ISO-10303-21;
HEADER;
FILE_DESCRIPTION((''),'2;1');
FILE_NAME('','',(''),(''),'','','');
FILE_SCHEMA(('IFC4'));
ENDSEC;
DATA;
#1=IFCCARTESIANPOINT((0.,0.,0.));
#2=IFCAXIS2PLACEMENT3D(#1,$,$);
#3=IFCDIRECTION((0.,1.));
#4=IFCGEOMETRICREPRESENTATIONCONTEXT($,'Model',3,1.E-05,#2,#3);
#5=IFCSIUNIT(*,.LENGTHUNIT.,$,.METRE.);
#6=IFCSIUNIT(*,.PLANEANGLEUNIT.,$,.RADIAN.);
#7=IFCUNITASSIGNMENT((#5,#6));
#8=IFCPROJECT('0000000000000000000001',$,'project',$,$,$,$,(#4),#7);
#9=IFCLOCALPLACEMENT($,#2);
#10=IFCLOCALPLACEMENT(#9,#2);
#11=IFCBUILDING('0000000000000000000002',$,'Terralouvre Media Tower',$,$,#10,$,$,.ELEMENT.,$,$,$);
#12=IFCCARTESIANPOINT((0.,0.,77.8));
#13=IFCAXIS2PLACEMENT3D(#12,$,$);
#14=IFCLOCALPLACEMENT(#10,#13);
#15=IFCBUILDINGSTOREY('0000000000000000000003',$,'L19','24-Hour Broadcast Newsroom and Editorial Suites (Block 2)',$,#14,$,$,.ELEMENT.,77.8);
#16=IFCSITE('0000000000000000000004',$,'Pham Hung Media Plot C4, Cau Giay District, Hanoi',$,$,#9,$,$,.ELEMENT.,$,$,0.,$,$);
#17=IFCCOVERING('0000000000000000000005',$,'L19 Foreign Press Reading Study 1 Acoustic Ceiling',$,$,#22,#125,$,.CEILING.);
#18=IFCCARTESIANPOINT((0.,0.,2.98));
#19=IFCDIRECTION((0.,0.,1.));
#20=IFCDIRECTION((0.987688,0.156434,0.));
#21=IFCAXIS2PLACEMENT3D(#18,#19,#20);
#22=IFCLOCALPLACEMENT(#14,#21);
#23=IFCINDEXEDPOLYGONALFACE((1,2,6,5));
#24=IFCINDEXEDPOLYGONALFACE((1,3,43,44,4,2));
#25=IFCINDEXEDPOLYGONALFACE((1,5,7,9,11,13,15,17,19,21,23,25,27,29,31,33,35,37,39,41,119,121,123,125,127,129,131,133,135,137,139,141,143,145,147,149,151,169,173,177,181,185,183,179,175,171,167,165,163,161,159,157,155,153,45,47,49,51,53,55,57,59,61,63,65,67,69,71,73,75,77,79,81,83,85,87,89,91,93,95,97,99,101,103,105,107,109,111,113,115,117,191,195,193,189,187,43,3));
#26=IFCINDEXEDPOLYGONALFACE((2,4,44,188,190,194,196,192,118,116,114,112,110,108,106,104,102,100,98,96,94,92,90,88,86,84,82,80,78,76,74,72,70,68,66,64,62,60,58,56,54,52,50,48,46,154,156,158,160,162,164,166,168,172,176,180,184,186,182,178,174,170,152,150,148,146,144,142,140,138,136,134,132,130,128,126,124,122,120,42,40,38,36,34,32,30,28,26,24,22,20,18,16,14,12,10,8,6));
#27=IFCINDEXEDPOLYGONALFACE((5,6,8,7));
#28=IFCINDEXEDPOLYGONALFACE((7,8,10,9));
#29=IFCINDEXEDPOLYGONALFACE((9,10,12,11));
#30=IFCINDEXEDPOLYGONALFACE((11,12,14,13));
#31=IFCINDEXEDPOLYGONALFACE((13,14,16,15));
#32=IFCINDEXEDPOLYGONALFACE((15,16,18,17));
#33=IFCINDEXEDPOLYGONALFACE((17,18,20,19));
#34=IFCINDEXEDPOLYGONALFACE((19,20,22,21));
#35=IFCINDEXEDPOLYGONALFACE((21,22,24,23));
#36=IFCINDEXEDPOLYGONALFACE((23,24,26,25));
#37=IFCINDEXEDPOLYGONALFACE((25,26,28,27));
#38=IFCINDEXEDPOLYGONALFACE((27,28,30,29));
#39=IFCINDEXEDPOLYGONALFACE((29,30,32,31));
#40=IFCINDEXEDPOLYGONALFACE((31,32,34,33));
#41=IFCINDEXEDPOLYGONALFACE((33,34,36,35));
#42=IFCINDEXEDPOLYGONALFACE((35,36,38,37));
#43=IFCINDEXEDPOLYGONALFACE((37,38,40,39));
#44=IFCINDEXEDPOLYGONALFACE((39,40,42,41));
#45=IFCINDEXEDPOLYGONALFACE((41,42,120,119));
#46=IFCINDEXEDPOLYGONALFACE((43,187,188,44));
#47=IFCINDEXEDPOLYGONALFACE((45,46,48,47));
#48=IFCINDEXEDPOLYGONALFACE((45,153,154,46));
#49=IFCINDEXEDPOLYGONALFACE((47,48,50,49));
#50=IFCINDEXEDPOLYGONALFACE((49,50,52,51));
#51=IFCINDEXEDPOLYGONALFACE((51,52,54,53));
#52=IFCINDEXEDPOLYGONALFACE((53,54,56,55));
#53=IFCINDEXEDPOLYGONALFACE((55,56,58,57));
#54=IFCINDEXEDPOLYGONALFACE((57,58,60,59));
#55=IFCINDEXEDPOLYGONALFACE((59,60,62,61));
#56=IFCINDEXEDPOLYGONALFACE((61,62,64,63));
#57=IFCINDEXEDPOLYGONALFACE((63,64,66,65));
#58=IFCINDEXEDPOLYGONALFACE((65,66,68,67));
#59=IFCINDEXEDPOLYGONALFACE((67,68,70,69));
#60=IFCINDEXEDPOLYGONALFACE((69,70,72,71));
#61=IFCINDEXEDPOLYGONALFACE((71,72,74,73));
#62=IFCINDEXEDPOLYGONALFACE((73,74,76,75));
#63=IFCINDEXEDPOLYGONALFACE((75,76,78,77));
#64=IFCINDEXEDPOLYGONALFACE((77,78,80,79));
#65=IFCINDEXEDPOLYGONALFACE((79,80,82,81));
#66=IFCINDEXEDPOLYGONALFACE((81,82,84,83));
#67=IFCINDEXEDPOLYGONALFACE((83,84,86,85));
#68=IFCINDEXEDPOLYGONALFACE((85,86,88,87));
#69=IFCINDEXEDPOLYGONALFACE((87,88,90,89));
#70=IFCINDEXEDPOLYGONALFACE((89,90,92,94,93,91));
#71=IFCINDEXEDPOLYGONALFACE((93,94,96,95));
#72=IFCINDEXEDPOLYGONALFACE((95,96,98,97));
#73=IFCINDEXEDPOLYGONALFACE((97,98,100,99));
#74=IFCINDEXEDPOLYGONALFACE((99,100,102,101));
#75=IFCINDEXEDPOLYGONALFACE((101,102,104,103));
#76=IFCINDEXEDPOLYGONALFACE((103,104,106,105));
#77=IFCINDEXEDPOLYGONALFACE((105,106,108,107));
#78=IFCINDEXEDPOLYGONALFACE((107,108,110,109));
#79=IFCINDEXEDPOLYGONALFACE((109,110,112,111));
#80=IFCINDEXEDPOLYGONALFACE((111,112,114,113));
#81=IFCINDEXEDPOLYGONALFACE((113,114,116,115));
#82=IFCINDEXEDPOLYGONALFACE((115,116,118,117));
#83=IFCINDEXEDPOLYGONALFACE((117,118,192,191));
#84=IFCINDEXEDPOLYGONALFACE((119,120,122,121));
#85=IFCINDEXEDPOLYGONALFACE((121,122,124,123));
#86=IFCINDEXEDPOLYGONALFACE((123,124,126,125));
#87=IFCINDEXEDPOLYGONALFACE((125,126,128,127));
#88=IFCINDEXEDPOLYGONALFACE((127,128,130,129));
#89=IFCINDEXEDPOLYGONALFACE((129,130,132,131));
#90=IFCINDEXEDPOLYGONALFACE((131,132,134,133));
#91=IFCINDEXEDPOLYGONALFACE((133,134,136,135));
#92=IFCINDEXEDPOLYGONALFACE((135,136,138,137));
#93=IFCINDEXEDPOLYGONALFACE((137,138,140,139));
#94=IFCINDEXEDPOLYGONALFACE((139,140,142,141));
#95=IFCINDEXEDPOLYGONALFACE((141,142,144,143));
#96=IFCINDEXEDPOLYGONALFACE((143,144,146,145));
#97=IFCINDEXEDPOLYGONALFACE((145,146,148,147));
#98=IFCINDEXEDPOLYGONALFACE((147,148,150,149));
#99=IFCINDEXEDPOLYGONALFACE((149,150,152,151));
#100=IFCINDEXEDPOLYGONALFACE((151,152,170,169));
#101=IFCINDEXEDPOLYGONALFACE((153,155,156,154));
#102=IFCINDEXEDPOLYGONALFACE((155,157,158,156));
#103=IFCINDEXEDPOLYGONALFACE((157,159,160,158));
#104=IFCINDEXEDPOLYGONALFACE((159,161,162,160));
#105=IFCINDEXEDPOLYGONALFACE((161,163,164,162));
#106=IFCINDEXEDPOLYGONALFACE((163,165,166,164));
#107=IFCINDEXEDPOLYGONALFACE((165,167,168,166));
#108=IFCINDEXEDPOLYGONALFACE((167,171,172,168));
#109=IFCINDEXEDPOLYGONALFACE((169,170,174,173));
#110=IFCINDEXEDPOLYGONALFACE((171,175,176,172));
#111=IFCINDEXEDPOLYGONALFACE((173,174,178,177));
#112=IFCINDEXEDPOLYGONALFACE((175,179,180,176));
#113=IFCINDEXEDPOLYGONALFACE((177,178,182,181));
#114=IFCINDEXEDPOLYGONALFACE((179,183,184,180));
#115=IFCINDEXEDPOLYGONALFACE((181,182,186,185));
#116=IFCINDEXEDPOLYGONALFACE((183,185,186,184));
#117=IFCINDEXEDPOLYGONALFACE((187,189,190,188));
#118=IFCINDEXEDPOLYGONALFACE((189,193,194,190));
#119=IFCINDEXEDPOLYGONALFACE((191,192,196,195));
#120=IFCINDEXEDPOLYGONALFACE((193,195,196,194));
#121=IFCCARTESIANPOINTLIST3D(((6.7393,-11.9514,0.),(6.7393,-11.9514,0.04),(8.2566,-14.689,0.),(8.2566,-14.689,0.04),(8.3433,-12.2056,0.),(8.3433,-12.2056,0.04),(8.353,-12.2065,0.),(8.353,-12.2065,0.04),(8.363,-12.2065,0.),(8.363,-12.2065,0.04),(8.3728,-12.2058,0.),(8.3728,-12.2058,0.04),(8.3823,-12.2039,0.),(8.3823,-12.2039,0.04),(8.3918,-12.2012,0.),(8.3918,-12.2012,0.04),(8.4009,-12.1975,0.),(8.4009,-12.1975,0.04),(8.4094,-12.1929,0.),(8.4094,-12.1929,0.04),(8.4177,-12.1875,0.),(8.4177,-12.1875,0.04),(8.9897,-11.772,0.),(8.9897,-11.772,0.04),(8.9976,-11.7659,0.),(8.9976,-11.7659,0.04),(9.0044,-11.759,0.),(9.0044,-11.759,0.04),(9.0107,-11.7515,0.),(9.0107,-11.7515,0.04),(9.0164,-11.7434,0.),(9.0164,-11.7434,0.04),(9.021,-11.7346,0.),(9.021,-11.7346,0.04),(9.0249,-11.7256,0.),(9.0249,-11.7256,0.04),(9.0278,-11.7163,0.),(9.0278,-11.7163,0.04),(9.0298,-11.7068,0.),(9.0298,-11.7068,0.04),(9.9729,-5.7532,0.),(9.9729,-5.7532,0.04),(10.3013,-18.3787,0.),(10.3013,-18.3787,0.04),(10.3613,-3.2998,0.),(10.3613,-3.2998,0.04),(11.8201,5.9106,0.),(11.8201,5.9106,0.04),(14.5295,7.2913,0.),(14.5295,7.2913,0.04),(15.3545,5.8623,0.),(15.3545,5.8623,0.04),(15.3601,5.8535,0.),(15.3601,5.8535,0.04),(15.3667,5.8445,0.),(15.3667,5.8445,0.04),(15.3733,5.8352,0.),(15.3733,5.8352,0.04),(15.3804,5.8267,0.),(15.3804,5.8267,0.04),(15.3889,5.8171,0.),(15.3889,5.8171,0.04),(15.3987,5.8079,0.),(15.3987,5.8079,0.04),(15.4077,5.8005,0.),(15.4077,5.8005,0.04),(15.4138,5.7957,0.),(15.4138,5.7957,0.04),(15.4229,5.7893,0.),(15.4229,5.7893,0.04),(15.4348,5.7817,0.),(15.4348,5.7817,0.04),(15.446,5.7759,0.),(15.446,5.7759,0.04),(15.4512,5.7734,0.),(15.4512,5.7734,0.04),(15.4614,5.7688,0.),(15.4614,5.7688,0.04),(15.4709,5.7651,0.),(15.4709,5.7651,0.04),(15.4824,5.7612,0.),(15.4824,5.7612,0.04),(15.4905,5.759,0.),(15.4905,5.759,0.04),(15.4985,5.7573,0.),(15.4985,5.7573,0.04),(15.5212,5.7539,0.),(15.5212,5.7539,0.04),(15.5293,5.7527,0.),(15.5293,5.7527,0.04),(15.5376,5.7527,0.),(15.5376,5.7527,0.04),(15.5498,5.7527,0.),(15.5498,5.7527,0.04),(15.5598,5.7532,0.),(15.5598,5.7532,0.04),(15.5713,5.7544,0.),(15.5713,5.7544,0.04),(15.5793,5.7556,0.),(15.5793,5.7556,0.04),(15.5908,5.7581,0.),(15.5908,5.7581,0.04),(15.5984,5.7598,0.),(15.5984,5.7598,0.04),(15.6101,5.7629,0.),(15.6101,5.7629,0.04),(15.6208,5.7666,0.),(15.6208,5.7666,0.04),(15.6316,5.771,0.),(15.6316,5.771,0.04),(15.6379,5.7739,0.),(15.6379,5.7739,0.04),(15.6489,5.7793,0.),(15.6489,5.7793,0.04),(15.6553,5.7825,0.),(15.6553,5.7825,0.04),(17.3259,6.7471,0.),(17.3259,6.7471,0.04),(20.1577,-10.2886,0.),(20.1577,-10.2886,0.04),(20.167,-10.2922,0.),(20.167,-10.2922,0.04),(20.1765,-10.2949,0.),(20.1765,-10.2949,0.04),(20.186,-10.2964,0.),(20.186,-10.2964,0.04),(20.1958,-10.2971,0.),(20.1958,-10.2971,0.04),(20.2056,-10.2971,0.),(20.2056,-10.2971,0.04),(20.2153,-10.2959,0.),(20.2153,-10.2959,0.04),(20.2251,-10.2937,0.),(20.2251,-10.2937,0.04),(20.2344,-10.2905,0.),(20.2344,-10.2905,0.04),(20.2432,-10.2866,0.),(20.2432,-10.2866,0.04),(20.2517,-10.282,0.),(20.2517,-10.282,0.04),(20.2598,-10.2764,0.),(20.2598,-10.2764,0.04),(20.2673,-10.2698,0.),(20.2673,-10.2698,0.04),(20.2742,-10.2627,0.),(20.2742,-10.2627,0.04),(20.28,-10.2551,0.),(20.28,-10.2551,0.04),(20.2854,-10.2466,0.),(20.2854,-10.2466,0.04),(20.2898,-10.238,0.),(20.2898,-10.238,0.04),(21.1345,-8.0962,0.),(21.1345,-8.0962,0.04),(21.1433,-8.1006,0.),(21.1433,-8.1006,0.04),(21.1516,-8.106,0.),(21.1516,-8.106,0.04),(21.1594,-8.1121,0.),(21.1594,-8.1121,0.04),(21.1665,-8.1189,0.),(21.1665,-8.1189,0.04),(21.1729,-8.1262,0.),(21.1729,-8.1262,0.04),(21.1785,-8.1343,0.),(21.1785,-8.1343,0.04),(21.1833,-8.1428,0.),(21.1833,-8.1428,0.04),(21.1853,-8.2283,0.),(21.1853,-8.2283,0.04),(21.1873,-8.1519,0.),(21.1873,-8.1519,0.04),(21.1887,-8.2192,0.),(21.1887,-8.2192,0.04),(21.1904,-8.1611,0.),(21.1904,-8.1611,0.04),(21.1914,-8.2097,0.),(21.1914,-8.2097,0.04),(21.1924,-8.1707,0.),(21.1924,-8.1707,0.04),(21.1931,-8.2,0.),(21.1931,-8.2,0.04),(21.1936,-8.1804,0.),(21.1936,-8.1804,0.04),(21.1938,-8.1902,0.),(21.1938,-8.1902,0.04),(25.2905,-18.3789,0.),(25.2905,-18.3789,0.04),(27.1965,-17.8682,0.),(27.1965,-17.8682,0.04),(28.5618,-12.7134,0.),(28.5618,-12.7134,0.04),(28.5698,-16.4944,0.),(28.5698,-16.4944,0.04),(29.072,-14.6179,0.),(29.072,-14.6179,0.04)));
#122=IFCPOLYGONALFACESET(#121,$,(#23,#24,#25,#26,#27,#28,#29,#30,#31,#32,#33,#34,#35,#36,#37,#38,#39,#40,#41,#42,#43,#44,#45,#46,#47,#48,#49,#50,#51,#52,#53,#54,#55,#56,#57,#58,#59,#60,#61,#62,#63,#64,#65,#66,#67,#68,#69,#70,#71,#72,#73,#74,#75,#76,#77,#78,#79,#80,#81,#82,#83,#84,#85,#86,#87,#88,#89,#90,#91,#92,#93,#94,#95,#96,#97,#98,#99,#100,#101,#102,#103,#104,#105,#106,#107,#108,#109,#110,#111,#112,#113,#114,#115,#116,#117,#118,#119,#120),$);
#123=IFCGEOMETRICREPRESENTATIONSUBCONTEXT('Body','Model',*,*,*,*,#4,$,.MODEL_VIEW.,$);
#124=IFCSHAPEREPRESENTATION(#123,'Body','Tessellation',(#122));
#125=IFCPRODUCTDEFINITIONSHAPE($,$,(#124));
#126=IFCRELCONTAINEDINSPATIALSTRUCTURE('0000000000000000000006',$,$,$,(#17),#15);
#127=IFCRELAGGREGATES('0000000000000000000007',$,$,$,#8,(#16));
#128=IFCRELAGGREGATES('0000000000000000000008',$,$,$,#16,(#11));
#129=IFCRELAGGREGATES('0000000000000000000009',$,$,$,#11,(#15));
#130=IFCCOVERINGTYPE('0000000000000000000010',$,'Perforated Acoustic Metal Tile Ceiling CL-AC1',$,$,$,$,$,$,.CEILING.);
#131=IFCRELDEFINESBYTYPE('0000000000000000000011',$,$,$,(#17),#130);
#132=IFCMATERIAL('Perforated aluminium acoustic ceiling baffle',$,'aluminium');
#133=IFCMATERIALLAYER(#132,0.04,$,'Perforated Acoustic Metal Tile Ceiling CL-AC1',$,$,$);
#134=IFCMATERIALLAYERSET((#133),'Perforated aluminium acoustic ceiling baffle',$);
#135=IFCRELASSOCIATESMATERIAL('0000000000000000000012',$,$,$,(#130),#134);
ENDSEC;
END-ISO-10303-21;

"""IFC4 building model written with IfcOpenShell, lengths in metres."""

from ifc_helpers import new_model, si_unit, direction, frame, origin, place, context, subcontext, project, spatial, polyline, outline, extrude, material, layer, layer_set, type_object, element, save


model = new_model("IFC4")

# Units and contexts
model_context = context("Model", 3, precision=1e-05, world=origin(), true_north=direction((0.0, 1.0)))
body_context = subcontext(model_context, "Body", "Model", "MODEL_VIEW")
ifc_project = project(units=[si_unit("LENGTHUNIT", "METRE"), si_unit("PLANEANGLEUNIT", "RADIAN")], contexts=[model_context])

# Site, building, storey
site_placement = place(None, origin())
site = spatial("IfcSite", under=ifc_project, at=site_placement, Name="Pham Hung Media Plot C4, Cau Giay District, Hanoi", CompositionType="ELEMENT", RefElevation=0.0)
building_placement = place(site_placement, origin())
building = spatial("IfcBuilding", under=site, at=building_placement, Name="Terralouvre Media Tower", CompositionType="ELEMENT")
storey_placement = place(building_placement, frame((0.0, 0.0, 77.8)))
storey = spatial("IfcBuildingStorey", under=building, at=storey_placement, Name="L19", Description="24-Hour Broadcast Newsroom and Editorial Suites (Block 2)", CompositionType="ELEMENT", Elevation=77.8)

# Covering
ifc_material_1 = material(Name="Perforated aluminium acoustic ceiling baffle", Category="aluminium")
ifc_layer_1 = layer(ifc_material_1, 0.04, Name="Perforated Acoustic Metal Tile Ceiling CL-AC1")
ifc_layer_set_1 = layer_set([ifc_layer_1], Name="Perforated aluminium acoustic ceiling baffle")
covering_type_1 = type_object("IfcCoveringType", Name="Perforated Acoustic Metal Tile Ceiling CL-AC1", PredefinedType="CEILING", material=ifc_layer_set_1)
covering_1_placement = place(storey_placement, frame((0.0, 0.0, 2.98), z_axis=(0.0, 0.0, 1.0), x_axis=(0.987688, 0.156434, 0.0)))
element("IfcCovering", 1, at=covering_1_placement, inside=storey, type_object=covering_type_1, Name="L19 Foreign Press Reading Study 1 Acoustic Ceiling", PredefinedType="CEILING", context=body_context, shape_type="SweptSolid", body=[
    extrude(outline(polyline([(17.3259, 6.7471), (15.6553, 5.7825), (15.6489, 5.7793), (15.6379, 5.7739), (15.6316, 5.771), (15.6208, 5.7666), (15.6101, 5.7629), (15.5984, 5.7598), (15.5908, 5.7581), (15.5793, 5.7556), (15.5713, 5.7544), (15.5598, 5.7532), (15.5498, 5.7527), (15.5376, 5.7527), (15.5293, 5.7527), (15.5212, 5.7539), (15.4985, 5.7573), (15.4905, 5.759), (15.4824, 5.7612), (15.4709, 5.7651), (15.4614, 5.7688), (15.4512, 5.7734), (15.446, 5.7759), (15.4348, 5.7817), (15.4229, 5.7893), (15.4138, 5.7957), (15.4077, 5.8005), (15.3987, 5.8079), (15.3889, 5.8171), (15.3804, 5.8267), (15.3733, 5.8352), (15.3667, 5.8445), (15.3601, 5.8535), (15.3545, 5.8623), (14.5295, 7.2913), (11.8201, 5.9106), (10.3613, -3.2998), (21.1345, -8.0962), (21.1433, -8.1006), (21.1516, -8.106), (21.1594, -8.1121), (21.1665, -8.1189), (21.1729, -8.1262), (21.1785, -8.1343), (21.1833, -8.1428), (21.1873, -8.1519), (21.1904, -8.1611), (21.1924, -8.1707), (21.1936, -8.1804), (21.1938, -8.1902), (21.1931, -8.2), (21.1914, -8.2097), (21.1887, -8.2192), (21.1853, -8.2283), (20.2898, -10.238), (20.2854, -10.2466), (20.28, -10.2551), (20.2742, -10.2627), (20.2673, -10.2698), (20.2598, -10.2764), (20.2517, -10.282), (20.2432, -10.2866), (20.2344, -10.2905), (20.2251, -10.2937), (20.2153, -10.2959), (20.2056, -10.2971), (20.1958, -10.2971), (20.186, -10.2964), (20.1765, -10.2949), (20.167, -10.2922), (20.1577, -10.2886), (9.9729, -5.7532), (9.0298, -11.7068), (9.0278, -11.7163), (9.0249, -11.7256), (9.021, -11.7346), (9.0164, -11.7434), (9.0107, -11.7515), (9.0044, -11.759), (8.9976, -11.7659), (8.9897, -11.772), (8.4177, -12.1875), (8.4094, -12.1929), (8.4009, -12.1975), (8.3918, -12.2012), (8.3823, -12.2039), (8.3728, -12.2058), (8.363, -12.2065), (8.353, -12.2065), (8.3433, -12.2056), (6.7393, -11.9514), (8.2566, -14.689), (10.3013, -18.3787), (25.2905, -18.3789), (27.1965, -17.8682), (28.5698, -16.4944), (29.072, -14.6179), (28.5618, -12.7134), (17.3259, 6.7471)])), origin(), (0.0, 0.0, 1.0), 0.04),
])

save(model, "model.ifc")
